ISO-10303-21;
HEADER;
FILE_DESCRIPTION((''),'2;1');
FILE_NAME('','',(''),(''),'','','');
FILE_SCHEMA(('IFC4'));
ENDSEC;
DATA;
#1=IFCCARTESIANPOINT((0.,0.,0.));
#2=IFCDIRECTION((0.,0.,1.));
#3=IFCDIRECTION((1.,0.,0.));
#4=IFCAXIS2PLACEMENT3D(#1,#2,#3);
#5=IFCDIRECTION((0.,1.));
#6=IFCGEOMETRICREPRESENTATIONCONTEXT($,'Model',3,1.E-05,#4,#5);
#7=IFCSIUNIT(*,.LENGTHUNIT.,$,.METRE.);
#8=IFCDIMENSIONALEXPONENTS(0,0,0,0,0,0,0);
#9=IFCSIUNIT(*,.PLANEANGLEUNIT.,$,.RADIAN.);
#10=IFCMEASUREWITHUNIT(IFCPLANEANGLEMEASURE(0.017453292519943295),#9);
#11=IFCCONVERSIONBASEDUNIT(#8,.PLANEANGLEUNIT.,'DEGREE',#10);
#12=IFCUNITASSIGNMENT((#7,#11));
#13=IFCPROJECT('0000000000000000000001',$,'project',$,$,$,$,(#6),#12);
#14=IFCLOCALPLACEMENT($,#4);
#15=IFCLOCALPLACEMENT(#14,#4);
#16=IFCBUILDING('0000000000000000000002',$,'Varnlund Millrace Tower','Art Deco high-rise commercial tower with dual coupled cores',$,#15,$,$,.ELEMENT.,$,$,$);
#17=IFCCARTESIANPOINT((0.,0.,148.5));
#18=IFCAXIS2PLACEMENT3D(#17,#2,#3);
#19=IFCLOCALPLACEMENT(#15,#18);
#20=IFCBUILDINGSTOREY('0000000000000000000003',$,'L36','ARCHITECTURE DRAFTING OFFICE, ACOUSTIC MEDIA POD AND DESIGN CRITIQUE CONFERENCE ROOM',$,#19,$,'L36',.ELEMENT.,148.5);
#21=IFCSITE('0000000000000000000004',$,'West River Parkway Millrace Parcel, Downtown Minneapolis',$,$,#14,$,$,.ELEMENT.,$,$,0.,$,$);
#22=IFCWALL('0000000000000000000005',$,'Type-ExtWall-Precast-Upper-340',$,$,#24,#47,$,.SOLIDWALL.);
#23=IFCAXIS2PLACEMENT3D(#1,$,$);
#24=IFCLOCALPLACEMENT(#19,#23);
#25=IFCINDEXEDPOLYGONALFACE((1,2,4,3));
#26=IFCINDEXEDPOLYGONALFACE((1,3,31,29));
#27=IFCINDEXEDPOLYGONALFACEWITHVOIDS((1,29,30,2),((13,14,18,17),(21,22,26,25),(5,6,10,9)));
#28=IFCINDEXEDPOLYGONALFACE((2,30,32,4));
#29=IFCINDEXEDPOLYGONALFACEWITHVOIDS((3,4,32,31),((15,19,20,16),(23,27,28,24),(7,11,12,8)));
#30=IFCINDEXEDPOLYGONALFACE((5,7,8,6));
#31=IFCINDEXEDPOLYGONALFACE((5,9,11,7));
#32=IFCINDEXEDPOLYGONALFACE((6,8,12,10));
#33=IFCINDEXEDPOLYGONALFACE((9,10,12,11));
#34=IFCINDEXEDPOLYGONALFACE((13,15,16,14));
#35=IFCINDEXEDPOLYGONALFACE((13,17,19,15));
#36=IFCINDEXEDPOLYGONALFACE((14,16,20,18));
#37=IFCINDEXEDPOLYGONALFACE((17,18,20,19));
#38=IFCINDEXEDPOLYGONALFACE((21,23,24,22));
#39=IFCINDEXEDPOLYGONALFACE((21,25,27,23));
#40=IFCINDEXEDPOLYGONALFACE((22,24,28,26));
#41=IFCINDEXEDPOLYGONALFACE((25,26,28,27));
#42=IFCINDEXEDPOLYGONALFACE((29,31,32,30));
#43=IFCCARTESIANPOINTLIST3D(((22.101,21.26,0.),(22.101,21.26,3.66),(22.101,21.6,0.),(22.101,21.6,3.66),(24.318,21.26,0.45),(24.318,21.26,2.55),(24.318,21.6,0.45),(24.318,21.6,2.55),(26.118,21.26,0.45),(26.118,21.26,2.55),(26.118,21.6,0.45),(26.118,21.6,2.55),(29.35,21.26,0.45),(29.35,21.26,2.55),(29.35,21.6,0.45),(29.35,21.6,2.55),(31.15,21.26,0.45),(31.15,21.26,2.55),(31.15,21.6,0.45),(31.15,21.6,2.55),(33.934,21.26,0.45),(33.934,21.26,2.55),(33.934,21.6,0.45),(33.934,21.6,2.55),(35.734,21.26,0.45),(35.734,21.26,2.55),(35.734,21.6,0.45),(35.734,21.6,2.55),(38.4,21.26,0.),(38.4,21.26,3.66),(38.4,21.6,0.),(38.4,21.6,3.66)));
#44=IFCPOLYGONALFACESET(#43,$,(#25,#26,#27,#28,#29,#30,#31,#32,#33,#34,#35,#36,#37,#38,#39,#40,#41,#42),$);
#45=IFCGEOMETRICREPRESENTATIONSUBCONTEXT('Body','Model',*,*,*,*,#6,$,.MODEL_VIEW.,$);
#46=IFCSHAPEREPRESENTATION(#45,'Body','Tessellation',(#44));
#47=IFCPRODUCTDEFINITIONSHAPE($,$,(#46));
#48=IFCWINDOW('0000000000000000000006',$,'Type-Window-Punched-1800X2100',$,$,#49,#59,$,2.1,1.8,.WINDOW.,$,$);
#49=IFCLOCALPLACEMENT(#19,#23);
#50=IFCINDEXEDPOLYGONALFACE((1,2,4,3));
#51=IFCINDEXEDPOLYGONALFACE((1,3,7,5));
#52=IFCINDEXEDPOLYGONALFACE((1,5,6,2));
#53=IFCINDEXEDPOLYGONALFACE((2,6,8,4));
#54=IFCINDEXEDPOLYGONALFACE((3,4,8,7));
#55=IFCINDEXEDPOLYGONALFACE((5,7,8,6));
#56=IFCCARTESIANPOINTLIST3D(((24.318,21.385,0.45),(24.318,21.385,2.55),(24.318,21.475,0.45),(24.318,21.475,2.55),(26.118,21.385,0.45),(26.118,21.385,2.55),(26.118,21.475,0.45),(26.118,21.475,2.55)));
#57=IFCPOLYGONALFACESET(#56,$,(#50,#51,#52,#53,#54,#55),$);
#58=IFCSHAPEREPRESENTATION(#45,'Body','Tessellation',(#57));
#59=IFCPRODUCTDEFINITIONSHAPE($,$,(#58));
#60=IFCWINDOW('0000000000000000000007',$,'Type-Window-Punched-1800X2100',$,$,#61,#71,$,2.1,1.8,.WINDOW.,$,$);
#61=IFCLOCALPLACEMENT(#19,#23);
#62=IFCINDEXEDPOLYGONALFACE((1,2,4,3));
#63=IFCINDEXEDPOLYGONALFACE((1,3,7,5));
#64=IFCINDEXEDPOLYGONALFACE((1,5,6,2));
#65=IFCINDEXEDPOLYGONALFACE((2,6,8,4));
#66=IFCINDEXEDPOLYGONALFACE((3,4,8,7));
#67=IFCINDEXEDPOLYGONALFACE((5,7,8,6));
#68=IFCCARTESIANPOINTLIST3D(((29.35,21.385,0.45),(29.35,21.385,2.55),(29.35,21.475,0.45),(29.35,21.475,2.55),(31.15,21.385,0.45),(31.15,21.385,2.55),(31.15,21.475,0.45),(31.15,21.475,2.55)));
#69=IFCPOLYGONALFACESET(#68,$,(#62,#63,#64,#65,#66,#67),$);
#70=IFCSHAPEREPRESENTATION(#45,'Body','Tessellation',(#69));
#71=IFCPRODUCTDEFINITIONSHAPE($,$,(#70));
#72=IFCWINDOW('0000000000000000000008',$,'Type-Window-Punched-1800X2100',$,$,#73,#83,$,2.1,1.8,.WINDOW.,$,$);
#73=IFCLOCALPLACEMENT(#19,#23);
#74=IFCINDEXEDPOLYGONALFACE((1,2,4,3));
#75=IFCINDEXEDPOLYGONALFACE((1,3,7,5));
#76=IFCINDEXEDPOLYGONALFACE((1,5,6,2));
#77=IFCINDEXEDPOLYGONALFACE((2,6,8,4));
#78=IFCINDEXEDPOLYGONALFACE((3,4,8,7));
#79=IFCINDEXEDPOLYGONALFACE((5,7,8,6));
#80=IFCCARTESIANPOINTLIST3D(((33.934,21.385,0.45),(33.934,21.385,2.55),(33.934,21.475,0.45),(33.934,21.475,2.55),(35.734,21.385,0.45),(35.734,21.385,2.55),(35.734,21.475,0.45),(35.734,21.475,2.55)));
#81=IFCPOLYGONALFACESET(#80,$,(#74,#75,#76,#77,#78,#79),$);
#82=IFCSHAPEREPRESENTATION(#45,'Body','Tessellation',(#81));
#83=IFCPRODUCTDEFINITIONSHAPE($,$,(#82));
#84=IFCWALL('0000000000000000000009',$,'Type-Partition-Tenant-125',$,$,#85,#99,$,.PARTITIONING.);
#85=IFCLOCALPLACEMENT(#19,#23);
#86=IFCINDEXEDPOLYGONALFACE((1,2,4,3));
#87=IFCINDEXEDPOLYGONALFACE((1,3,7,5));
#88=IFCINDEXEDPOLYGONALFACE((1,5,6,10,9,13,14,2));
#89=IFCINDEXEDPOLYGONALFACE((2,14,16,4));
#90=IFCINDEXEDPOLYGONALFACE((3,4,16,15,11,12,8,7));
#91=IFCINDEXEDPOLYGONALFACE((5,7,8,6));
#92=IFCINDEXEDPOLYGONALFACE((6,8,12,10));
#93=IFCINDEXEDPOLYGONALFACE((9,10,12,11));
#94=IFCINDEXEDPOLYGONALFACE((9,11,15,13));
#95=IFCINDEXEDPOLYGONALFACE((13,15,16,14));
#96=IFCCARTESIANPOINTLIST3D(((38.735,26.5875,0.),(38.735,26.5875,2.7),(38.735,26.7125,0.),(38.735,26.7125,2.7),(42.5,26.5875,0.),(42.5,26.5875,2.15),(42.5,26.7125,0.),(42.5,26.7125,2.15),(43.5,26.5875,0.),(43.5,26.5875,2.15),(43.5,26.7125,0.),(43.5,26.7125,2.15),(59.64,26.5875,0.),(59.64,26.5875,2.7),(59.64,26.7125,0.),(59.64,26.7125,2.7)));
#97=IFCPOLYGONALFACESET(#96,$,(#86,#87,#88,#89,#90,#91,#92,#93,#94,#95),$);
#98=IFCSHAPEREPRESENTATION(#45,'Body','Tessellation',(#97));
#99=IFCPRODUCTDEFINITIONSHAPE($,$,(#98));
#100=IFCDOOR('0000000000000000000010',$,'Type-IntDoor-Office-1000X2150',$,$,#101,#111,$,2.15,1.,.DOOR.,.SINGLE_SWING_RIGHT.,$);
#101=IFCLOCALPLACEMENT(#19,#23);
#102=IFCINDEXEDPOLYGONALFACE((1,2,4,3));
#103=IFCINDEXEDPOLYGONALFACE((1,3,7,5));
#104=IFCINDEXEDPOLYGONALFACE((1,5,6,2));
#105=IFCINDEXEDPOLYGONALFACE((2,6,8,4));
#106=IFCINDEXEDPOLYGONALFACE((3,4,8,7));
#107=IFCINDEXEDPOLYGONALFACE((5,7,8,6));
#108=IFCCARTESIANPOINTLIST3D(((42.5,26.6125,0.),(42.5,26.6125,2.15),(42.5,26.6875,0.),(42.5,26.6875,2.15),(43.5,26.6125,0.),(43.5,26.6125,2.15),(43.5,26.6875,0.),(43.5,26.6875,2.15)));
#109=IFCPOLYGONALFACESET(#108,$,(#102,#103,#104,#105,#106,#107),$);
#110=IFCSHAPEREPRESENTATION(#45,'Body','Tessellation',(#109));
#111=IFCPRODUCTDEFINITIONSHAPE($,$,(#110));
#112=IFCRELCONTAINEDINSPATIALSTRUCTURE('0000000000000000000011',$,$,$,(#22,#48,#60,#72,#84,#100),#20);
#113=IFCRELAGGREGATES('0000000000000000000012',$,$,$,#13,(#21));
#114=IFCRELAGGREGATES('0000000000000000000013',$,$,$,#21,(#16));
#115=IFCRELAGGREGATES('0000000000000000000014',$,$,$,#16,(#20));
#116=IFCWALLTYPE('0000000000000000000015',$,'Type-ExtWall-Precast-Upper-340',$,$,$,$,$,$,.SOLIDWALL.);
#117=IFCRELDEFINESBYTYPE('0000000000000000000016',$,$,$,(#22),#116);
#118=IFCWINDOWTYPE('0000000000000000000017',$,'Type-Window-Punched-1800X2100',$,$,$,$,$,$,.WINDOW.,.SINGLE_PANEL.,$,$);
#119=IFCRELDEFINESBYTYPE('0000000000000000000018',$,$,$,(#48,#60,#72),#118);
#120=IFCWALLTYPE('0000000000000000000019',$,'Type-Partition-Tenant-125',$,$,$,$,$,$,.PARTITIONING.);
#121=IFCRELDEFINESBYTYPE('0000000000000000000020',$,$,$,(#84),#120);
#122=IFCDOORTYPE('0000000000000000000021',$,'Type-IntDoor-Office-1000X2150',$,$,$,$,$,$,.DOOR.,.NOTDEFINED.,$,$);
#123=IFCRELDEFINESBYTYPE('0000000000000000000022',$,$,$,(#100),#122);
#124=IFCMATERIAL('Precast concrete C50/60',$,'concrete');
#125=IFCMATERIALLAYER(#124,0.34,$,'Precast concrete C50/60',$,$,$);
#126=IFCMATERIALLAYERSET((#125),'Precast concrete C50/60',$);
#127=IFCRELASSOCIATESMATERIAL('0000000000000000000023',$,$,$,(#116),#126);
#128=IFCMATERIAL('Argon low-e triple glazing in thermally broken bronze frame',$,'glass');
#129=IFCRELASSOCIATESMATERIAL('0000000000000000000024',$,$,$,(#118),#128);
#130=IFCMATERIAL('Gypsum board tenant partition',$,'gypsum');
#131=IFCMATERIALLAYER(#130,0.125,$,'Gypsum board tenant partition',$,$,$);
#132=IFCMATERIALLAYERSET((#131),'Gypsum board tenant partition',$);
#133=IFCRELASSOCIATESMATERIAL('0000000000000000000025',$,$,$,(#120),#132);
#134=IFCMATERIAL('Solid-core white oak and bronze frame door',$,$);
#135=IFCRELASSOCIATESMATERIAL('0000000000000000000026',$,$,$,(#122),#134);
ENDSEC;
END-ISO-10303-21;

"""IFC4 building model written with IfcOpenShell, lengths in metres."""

from ifc_helpers import new_model, entity, si_unit, converted_unit, direction, frame, origin_with_axes, origin_2d_with_axis, place, context, subcontext, project, spatial, polyline, rectangle, outline, extrude, material, layer, layer_set, type_object, element, fill, save


model = new_model("IFC4")

# Units and contexts
model_context = context("Model", 3, precision=1e-05, world=origin_with_axes(), true_north=direction((0.0, 1.0)))
body_context = subcontext(model_context, "Body", "Model", "MODEL_VIEW")
ifc_project = project(units=[si_unit("LENGTHUNIT", "METRE"), converted_unit("PLANEANGLEUNIT", "DEGREE", entity("IfcPlaneAngleMeasure", 0.017453292519943295), si_unit("PLANEANGLEUNIT", "RADIAN"), dimensions=[0, 0, 0, 0, 0, 0, 0])], contexts=[model_context])

# Site, building, storey
site_placement = place(None, origin_with_axes())
site = spatial("IfcSite", under=ifc_project, at=site_placement, Name="West River Parkway Millrace Parcel, Downtown Minneapolis", CompositionType="ELEMENT", RefElevation=0.0)
building_placement = place(site_placement, origin_with_axes())
building = spatial("IfcBuilding", under=site, at=building_placement, Name="Varnlund Millrace Tower", Description="Art Deco high-rise commercial tower with dual coupled cores", CompositionType="ELEMENT")
storey_placement = place(building_placement, frame((0.0, 0.0, 148.5), z_axis=(0.0, 0.0, 1.0), x_axis=(1.0, 0.0, 0.0)))
storey = spatial("IfcBuildingStorey", under=building, at=storey_placement, Name="L36", Description="ARCHITECTURE DRAFTING OFFICE, ACOUSTIC MEDIA POD AND DESIGN CRITIQUE CONFERENCE ROOM", LongName="L36", CompositionType="ELEMENT", Elevation=148.5)

# Shared definitions
ifc_material_1 = material(Name="Precast concrete C50/60", Category="concrete")
ifc_layer_1 = layer(ifc_material_1, 0.34, Name="Precast concrete C50/60")
ifc_layer_set_1 = layer_set([ifc_layer_1], Name="Precast concrete C50/60")
wall_type_1 = type_object("IfcWallType", Name="Type-ExtWall-Precast-Upper-340", PredefinedType="SOLIDWALL", material=ifc_layer_set_1)
ifc_material_2 = material(Name="Argon low-e triple glazing in thermally broken bronze frame", Category="glass")
window_type_1 = type_object("IfcWindowType", Name="Type-Window-Punched-1800X2100", PartitioningType="SINGLE_PANEL", PredefinedType="WINDOW", material=ifc_material_2)

# Wall, openings, windows
wall_1_placement = place(storey_placement, frame((22.101, 21.43, 0.0), z_axis=(0.0, 0.0, 1.0), x_axis=(1.0, 0.0, 0.0)))
wall_1 = element("IfcWall", 1, at=wall_1_placement, inside=storey, type_object=wall_type_1, Name="Type-ExtWall-Precast-Upper-340", PredefinedType="SOLIDWALL", context=body_context, shape_type="SweptSolid", body=[
    extrude(outline(polyline([(0.0, -0.17), (16.299, -0.17), (16.299, 0.17), (0.0, 0.17), (0.0, -0.17)])), origin_with_axes(), (0.0, 0.0, 1.0), 3.66),
])
opening_1_placement = place(wall_1_placement, frame((3.117, 0.0, 0.45), z_axis=(0.0, 0.0, 1.0), x_axis=(1.0, 0.0, 0.0)))
opening_1 = element("IfcOpeningElement", 2, at=opening_1_placement, cuts=wall_1, PredefinedType="OPENING", context=body_context, shape_type="SweptSolid", body=[
    extrude(rectangle(XDim=1.8, YDim=0.36, at=origin_2d_with_axis()), origin_with_axes(), (0.0, 0.0, 1.0), 2.1),
])
opening_2_placement = place(wall_1_placement, frame((8.149, 0.0, 0.45), z_axis=(0.0, 0.0, 1.0), x_axis=(1.0, 0.0, 0.0)))
opening_2 = element("IfcOpeningElement", 3, at=opening_2_placement, cuts=wall_1, PredefinedType="OPENING", context=body_context, shape_type="SweptSolid", body=[
    extrude(rectangle(XDim=1.8, YDim=0.36, at=origin_2d_with_axis()), origin_with_axes(), (0.0, 0.0, 1.0), 2.1),
])
opening_3_placement = place(wall_1_placement, frame((12.733, 0.0, 0.45), z_axis=(0.0, 0.0, 1.0), x_axis=(1.0, 0.0, 0.0)))
opening_3 = element("IfcOpeningElement", 4, at=opening_3_placement, cuts=wall_1, PredefinedType="OPENING", context=body_context, shape_type="SweptSolid", body=[
    extrude(rectangle(XDim=1.8, YDim=0.36, at=origin_2d_with_axis()), origin_with_axes(), (0.0, 0.0, 1.0), 2.1),
])
window_1_placement = place(wall_1_placement, frame((3.117, 0.0, 0.45), z_axis=(0.0, 0.0, 1.0), x_axis=(1.0, 0.0, 0.0)))
window_1 = element("IfcWindow", 5, at=window_1_placement, inside=storey, type_object=window_type_1, Name="Type-Window-Punched-1800X2100", OverallHeight=2.1, OverallWidth=1.8, PredefinedType="WINDOW", context=body_context, shape_type="SweptSolid", body=[
    extrude(rectangle(XDim=1.8, YDim=0.09, at=origin_2d_with_axis()), origin_with_axes(), (0.0, 0.0, 1.0), 2.1),
])
fill(opening_1, window_1)
window_2_placement = place(wall_1_placement, frame((8.149, 0.0, 0.45), z_axis=(0.0, 0.0, 1.0), x_axis=(1.0, 0.0, 0.0)))
window_2 = element("IfcWindow", 6, at=window_2_placement, inside=storey, type_object=window_type_1, Name="Type-Window-Punched-1800X2100", OverallHeight=2.1, OverallWidth=1.8, PredefinedType="WINDOW", context=body_context, shape_type="SweptSolid", body=[
    extrude(rectangle(XDim=1.8, YDim=0.09, at=origin_2d_with_axis()), origin_with_axes(), (0.0, 0.0, 1.0), 2.1),
])
fill(opening_2, window_2)
window_3_placement = place(wall_1_placement, frame((12.733, 0.0, 0.45), z_axis=(0.0, 0.0, 1.0), x_axis=(1.0, 0.0, 0.0)))
window_3 = element("IfcWindow", 7, at=window_3_placement, inside=storey, type_object=window_type_1, Name="Type-Window-Punched-1800X2100", OverallHeight=2.1, OverallWidth=1.8, PredefinedType="WINDOW", context=body_context, shape_type="SweptSolid", body=[
    extrude(rectangle(XDim=1.8, YDim=0.09, at=origin_2d_with_axis()), origin_with_axes(), (0.0, 0.0, 1.0), 2.1),
])
fill(opening_3, window_3)

# Wall, opening, door
ifc_material_3 = material(Name="Gypsum board tenant partition", Category="gypsum")
ifc_layer_2 = layer(ifc_material_3, 0.125, Name="Gypsum board tenant partition")
ifc_layer_set_2 = layer_set([ifc_layer_2], Name="Gypsum board tenant partition")
wall_type_2 = type_object("IfcWallType", Name="Type-Partition-Tenant-125", PredefinedType="PARTITIONING", material=ifc_layer_set_2)
wall_2_placement = place(storey_placement, frame((38.735, 26.65, 0.0), z_axis=(0.0, 0.0, 1.0), x_axis=(1.0, 0.0, 0.0)))
wall_2 = element("IfcWall", 8, at=wall_2_placement, inside=storey, type_object=wall_type_2, Name="Type-Partition-Tenant-125", PredefinedType="PARTITIONING", context=body_context, shape_type="SweptSolid", body=[
    extrude(outline(polyline([(0.0, -0.0625), (20.905, -0.0625), (20.905, 0.0625), (0.0, 0.0625), (0.0, -0.0625)])), origin_with_axes(), (0.0, 0.0, 1.0), 2.7),
])
opening_4_placement = place(wall_2_placement, frame((4.265, 0.0, 0.0), z_axis=(0.0, 0.0, 1.0), x_axis=(1.0, 0.0, 0.0)))
opening_4 = element("IfcOpeningElement", 9, at=opening_4_placement, cuts=wall_2, PredefinedType="OPENING", context=body_context, shape_type="SweptSolid", body=[
    extrude(rectangle(XDim=1.0, YDim=0.145, at=origin_2d_with_axis()), origin_with_axes(), (0.0, 0.0, 1.0), 2.15),
])
ifc_material_4 = material(Name="Solid-core white oak and bronze frame door")
door_type = type_object("IfcDoorType", Name="Type-IntDoor-Office-1000X2150", OperationType="NOTDEFINED", PredefinedType="DOOR", material=ifc_material_4)
door_placement = place(wall_2_placement, frame((4.265, 0.0, 0.0), z_axis=(0.0, 0.0, 1.0), x_axis=(1.0, 0.0, 0.0)))
door = element("IfcDoor", 10, at=door_placement, inside=storey, type_object=door_type, Name="Type-IntDoor-Office-1000X2150", OperationType="SINGLE_SWING_RIGHT", OverallHeight=2.15, OverallWidth=1.0, PredefinedType="DOOR", context=body_context, shape_type="SweptSolid", body=[
    extrude(rectangle(XDim=1.0, YDim=0.075, at=origin_2d_with_axis()), origin_with_axes(), (0.0, 0.0, 1.0), 2.15),
])
fill(opening_4, door)

save(model, "model.ifc")
